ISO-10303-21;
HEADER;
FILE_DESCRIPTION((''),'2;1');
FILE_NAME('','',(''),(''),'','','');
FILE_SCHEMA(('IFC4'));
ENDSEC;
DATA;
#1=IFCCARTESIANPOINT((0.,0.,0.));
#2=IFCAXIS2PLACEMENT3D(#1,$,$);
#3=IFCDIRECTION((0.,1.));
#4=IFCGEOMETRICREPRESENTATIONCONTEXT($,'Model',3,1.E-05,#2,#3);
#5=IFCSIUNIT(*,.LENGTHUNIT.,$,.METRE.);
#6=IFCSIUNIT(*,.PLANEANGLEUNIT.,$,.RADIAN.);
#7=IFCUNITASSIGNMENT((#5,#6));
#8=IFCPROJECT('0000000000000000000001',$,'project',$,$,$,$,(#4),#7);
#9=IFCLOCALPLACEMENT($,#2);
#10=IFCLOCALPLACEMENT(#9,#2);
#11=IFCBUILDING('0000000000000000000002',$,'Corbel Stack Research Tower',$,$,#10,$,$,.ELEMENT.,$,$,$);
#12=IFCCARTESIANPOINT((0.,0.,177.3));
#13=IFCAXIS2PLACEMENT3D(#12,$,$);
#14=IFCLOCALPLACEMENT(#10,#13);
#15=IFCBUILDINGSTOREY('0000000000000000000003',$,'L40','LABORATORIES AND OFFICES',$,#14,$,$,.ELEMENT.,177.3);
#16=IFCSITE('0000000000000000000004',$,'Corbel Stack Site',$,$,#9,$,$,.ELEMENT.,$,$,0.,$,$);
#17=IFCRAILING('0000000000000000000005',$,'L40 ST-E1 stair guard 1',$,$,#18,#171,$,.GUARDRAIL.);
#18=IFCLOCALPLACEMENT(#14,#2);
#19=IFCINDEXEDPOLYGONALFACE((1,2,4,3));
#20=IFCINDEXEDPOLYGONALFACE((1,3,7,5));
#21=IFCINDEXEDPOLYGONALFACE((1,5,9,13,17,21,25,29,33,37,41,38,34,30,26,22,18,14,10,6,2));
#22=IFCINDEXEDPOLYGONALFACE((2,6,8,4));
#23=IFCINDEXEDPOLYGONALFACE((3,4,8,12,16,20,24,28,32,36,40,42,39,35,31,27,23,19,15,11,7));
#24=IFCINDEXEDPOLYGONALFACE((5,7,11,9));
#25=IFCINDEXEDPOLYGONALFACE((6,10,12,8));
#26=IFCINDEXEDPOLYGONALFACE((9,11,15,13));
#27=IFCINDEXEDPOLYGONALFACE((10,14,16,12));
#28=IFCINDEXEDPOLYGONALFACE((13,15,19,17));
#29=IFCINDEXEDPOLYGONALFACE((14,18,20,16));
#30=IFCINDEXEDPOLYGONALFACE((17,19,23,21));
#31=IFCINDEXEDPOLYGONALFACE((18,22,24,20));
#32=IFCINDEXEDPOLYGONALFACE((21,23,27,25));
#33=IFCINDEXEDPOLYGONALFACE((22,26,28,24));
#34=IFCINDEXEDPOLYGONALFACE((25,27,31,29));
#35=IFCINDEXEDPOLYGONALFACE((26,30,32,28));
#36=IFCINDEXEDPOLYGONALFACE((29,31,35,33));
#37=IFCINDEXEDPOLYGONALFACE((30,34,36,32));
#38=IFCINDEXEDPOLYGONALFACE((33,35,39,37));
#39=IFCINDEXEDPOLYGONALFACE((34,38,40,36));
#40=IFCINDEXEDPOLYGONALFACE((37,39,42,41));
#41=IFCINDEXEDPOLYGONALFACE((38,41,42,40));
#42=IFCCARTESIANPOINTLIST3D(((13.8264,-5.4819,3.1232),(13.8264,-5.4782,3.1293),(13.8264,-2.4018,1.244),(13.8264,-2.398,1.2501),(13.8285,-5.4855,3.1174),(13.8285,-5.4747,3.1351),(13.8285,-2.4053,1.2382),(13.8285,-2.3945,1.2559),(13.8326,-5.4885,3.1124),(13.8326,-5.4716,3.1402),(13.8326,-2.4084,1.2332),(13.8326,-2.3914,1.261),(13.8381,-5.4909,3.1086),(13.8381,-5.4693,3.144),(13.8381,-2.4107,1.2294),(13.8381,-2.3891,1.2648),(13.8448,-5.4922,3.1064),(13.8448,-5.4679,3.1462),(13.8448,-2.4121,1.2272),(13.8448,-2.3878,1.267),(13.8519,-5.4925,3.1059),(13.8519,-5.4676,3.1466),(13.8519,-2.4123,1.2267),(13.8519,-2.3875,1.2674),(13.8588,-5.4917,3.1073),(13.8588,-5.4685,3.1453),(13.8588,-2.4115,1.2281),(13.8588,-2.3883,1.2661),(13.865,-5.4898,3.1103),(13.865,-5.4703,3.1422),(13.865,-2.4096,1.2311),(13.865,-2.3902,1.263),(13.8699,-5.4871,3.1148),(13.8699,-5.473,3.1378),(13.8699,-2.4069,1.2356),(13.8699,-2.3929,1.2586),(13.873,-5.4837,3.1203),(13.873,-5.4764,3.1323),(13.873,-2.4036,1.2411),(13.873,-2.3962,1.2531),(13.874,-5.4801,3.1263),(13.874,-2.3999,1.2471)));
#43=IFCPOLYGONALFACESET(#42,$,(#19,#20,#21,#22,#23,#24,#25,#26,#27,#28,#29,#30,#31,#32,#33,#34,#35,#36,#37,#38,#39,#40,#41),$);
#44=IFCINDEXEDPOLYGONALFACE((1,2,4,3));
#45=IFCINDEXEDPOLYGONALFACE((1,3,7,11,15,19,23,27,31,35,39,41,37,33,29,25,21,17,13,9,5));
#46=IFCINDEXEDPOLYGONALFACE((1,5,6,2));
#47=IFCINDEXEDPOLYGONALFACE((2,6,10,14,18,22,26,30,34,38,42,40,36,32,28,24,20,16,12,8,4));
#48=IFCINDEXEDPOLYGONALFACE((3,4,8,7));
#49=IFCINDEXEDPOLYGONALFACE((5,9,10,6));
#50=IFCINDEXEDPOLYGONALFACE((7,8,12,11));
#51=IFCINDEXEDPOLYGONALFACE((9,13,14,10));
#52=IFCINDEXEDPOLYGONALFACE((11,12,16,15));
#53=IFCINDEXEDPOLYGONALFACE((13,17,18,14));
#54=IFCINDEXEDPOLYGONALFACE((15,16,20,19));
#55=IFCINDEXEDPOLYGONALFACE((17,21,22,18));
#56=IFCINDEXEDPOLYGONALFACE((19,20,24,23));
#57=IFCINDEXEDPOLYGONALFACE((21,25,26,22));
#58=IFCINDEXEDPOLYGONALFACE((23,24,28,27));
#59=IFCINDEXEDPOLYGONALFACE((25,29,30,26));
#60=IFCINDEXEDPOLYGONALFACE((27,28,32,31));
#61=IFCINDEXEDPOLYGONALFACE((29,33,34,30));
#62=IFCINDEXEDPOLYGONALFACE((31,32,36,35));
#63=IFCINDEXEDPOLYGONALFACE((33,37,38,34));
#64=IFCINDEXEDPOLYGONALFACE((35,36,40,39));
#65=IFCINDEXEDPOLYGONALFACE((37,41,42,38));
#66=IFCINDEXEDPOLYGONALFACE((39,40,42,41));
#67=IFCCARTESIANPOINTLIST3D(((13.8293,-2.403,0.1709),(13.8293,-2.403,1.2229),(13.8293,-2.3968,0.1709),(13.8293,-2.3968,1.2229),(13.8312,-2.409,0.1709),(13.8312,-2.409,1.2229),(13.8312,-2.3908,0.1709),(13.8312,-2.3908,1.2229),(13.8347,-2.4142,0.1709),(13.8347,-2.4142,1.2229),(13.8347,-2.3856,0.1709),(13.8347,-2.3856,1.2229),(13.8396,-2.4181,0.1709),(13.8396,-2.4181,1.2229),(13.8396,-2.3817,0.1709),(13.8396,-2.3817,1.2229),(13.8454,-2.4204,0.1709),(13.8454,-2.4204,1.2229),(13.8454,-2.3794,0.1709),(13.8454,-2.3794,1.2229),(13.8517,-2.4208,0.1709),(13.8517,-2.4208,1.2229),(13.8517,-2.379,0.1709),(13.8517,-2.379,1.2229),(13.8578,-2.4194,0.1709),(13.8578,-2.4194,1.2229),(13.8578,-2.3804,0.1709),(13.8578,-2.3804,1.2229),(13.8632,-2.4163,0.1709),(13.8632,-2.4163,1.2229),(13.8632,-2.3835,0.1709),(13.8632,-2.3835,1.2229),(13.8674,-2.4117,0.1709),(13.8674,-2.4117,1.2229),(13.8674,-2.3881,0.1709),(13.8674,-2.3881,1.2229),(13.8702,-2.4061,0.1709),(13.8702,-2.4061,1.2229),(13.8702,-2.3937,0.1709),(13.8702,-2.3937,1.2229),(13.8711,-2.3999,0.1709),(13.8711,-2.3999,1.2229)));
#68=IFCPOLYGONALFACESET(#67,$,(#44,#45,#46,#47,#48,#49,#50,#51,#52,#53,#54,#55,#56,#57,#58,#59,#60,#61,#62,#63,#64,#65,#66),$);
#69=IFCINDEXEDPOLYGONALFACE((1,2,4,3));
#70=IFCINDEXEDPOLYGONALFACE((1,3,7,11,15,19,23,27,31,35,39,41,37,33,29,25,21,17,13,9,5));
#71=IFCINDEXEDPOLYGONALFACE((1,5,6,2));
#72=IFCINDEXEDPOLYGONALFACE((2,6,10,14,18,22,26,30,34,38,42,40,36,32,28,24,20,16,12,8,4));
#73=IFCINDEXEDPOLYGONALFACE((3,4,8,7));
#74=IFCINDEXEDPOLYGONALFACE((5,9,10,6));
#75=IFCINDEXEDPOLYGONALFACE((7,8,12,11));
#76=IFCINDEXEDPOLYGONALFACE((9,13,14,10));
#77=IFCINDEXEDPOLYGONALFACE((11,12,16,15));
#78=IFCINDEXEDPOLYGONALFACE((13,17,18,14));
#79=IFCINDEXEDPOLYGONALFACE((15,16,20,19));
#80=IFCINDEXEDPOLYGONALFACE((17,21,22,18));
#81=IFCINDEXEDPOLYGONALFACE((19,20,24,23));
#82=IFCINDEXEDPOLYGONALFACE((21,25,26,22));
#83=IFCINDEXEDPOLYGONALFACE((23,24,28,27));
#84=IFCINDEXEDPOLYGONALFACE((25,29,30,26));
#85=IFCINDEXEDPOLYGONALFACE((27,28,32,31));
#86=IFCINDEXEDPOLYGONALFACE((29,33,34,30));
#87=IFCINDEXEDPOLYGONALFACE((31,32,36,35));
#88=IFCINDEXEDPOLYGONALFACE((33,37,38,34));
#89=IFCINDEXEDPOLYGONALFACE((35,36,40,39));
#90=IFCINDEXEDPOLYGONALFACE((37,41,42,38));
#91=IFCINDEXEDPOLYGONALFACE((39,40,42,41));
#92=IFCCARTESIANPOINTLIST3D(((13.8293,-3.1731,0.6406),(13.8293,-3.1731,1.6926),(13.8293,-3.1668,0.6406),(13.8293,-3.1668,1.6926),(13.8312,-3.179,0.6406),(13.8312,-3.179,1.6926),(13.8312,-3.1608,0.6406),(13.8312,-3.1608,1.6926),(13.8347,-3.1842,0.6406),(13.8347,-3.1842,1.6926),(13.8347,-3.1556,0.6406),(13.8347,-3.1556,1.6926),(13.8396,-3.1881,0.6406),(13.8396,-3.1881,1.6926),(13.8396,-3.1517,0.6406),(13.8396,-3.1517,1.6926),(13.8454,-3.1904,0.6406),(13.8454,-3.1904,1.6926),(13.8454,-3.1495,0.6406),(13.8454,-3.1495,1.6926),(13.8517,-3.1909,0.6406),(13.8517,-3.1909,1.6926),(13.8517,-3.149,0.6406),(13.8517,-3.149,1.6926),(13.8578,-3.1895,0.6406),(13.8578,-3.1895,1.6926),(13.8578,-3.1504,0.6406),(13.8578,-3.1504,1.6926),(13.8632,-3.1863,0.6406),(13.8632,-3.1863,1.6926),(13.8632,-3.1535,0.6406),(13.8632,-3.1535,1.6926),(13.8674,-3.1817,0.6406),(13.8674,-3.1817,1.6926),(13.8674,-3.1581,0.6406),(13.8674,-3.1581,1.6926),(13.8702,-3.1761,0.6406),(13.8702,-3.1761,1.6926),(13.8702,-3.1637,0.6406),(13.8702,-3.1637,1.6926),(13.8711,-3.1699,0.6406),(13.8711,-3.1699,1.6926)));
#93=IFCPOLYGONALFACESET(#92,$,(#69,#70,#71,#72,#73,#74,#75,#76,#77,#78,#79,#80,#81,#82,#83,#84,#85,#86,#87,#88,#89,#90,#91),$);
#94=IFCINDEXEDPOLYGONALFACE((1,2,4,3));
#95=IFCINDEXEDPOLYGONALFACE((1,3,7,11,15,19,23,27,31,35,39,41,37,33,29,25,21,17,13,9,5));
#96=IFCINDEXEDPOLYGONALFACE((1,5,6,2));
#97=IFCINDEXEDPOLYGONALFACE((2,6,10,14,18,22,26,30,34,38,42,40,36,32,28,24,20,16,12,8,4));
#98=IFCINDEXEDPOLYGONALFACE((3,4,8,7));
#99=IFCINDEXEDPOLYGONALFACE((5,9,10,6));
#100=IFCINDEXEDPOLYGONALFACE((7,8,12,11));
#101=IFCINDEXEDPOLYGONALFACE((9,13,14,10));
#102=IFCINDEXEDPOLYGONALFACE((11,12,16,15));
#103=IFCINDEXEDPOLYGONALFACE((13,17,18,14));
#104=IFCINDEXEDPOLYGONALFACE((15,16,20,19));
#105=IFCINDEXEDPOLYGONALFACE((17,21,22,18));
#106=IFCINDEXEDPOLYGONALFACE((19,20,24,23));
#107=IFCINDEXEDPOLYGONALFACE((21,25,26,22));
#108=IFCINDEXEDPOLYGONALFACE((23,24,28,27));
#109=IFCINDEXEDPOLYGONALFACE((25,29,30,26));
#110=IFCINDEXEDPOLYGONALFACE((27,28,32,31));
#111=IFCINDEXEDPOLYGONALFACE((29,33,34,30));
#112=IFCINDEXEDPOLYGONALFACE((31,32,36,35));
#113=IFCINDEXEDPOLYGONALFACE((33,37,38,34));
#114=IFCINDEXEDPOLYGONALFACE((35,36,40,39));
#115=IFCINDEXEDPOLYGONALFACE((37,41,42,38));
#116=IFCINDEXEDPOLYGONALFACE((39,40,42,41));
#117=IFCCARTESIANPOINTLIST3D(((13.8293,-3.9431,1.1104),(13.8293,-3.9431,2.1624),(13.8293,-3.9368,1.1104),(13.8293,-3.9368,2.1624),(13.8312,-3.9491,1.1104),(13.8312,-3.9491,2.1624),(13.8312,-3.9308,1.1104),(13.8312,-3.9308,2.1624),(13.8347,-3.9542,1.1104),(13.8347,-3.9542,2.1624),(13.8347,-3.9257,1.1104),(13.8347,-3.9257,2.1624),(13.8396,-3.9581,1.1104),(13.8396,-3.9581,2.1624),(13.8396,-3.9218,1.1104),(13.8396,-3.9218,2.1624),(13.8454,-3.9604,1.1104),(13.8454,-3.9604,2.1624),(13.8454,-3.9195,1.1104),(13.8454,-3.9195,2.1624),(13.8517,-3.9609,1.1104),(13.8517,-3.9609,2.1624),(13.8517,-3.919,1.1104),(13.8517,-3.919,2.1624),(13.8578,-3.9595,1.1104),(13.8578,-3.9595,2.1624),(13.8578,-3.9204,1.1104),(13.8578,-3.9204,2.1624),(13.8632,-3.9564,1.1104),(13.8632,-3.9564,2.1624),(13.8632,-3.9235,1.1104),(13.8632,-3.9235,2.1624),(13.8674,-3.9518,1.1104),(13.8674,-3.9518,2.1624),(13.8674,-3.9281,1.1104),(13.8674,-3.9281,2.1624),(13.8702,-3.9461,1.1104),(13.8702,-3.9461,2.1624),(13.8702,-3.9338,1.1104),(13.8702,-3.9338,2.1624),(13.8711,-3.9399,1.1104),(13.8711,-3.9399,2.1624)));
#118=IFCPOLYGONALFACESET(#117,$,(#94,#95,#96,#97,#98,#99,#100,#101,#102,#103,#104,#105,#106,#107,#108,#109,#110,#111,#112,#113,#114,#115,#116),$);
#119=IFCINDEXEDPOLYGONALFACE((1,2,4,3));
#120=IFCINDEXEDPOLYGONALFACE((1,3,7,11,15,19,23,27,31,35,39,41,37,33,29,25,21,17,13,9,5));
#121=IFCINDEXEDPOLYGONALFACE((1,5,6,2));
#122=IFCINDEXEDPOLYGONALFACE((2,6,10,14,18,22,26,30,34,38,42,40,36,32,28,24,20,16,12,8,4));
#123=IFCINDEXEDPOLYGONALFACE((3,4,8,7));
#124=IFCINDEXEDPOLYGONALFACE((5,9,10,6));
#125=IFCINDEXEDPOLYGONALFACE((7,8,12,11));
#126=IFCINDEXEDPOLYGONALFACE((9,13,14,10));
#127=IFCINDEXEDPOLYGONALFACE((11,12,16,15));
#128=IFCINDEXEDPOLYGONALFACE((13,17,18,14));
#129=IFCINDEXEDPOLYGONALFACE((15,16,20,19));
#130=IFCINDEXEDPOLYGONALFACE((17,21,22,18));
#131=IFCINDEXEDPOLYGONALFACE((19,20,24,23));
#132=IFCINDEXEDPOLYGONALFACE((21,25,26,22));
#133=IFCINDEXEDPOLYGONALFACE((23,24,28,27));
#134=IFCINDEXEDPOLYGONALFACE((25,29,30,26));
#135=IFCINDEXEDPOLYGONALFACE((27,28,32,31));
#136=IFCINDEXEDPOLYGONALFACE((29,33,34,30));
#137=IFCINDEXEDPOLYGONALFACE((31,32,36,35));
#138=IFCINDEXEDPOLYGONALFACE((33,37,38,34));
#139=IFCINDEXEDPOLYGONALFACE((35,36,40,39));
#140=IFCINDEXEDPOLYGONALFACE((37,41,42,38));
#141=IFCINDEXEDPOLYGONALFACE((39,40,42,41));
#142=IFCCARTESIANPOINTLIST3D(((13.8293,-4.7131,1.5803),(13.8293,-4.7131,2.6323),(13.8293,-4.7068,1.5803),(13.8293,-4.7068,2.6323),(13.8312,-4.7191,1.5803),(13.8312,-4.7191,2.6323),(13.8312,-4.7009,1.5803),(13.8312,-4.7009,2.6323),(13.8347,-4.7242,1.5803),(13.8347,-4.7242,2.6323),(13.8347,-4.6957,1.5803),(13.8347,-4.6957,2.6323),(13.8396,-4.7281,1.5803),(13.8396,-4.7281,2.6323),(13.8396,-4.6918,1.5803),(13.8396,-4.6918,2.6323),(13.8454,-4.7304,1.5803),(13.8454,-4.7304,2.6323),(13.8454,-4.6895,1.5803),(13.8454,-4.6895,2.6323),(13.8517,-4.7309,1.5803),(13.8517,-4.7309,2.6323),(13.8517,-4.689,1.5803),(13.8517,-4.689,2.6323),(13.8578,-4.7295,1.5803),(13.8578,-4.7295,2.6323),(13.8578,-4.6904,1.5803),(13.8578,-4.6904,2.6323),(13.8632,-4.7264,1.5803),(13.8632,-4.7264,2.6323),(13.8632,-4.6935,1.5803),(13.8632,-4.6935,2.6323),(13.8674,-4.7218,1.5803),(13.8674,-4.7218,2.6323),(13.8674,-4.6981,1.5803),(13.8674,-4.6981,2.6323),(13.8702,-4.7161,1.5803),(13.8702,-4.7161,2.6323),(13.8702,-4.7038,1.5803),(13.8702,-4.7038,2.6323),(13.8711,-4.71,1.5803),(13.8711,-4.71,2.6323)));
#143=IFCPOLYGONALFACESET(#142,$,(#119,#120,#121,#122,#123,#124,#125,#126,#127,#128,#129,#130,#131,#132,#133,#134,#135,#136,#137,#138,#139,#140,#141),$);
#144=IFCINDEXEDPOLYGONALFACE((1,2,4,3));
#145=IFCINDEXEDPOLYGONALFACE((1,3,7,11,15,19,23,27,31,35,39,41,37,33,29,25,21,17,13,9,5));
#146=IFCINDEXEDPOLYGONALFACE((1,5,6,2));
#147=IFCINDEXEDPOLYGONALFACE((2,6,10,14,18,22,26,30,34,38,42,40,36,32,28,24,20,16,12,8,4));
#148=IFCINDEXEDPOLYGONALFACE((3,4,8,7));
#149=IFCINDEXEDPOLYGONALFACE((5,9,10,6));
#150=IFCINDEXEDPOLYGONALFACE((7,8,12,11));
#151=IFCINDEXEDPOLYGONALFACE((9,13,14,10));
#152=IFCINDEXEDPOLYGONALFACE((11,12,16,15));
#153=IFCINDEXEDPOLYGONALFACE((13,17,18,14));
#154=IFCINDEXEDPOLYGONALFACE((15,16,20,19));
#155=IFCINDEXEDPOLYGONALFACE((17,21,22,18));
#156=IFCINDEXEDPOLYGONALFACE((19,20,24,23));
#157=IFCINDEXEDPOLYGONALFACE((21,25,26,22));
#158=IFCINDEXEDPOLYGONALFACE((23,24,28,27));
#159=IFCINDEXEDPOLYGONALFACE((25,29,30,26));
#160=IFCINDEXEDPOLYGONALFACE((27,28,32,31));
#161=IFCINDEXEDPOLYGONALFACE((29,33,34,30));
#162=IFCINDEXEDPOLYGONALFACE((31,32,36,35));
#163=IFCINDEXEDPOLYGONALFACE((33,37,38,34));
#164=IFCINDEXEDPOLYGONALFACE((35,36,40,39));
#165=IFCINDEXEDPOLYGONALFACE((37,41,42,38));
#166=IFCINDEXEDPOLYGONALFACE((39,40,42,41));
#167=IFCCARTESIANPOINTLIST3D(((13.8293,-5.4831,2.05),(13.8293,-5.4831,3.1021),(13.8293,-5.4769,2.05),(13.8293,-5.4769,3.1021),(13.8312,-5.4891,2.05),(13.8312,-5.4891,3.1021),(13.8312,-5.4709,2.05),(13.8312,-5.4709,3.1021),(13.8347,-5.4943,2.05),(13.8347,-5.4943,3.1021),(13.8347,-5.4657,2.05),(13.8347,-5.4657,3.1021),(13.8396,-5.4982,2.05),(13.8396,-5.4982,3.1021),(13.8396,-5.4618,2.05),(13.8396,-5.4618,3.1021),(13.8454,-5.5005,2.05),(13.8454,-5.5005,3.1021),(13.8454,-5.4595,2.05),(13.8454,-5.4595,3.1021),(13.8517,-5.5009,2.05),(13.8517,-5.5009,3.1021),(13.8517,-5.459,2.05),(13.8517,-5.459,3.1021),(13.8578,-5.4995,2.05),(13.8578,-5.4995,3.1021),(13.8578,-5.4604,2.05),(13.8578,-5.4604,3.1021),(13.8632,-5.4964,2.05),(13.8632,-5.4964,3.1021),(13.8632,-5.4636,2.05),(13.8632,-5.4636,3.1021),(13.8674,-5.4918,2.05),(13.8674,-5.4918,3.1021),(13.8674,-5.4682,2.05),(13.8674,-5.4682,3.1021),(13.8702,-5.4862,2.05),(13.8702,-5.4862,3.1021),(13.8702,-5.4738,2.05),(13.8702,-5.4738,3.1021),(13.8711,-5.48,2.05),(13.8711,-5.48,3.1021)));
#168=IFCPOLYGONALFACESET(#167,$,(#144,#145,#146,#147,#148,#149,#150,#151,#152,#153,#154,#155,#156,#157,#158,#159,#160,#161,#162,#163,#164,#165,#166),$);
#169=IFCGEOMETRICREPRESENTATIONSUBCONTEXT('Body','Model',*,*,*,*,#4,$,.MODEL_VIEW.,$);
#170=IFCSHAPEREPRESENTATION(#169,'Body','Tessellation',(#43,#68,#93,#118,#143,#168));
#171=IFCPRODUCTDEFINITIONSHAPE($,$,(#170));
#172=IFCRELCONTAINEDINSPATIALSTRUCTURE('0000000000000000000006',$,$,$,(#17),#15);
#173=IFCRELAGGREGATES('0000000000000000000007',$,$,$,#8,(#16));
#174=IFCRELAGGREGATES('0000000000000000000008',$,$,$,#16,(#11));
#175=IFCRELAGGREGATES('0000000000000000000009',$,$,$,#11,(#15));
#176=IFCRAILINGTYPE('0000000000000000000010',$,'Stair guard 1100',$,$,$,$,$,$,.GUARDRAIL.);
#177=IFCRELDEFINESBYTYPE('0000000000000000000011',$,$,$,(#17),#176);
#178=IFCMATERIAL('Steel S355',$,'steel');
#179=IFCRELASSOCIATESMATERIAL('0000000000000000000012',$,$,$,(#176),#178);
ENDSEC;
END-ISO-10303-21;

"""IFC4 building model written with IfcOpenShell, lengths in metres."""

from ifc_helpers import new_model, si_unit, direction, frame, origin, origin_2d, place, context, subcontext, project, spatial, circle, extrude, material, type_object, element, save


model = new_model("IFC4")

# Units and contexts
model_context = context("Model", 3, precision=1e-05, world=origin(), true_north=direction((0.0, 1.0)))
body_context = subcontext(model_context, "Body", "Model", "MODEL_VIEW")
ifc_project = project(units=[si_unit("LENGTHUNIT", "METRE"), si_unit("PLANEANGLEUNIT", "RADIAN")], contexts=[model_context])

# Site, building, storey
site_placement = place(None, origin())
site = spatial("IfcSite", under=ifc_project, at=site_placement, Name="Corbel Stack Site", CompositionType="ELEMENT", RefElevation=0.0)
building_placement = place(site_placement, origin())
building = spatial("IfcBuilding", under=site, at=building_placement, Name="Corbel Stack Research Tower", CompositionType="ELEMENT")
storey_placement = place(building_placement, frame((0.0, 0.0, 177.3)))
storey = spatial("IfcBuildingStorey", under=building, at=storey_placement, Name="L40", Description="LABORATORIES AND OFFICES", CompositionType="ELEMENT", Elevation=177.3)

# Railing
ifc_material_1 = material(Name="Steel S355", Category="steel")
railing_type_1 = type_object("IfcRailingType", Name="Stair guard 1100", PredefinedType="GUARDRAIL", material=ifc_material_1)
railing_1_placement = place(storey_placement, frame((13.8501, -2.3999, 0.1709)))
element("IfcRailing", 1, at=railing_1_placement, inside=storey, type_object=railing_type_1, Name="L40 ST-E1 stair guard 1", PredefinedType="GUARDRAIL", context=body_context, shape_type="SweptSolid", body=[
    extrude(circle(Radius=0.0239, at=origin_2d()), frame((0.0, 0.0, 1.0762), z_axis=(0.0, -0.853666, 0.52082), x_axis=(1.0, 0.0, 0.0)), (0.0, 0.0, 1.0), 3.6082),
    extrude(circle(Radius=0.021, at=origin_2d()), origin(), (0.0, 0.0, 1.0), 1.052),
    extrude(circle(Radius=0.021, at=origin_2d()), frame((0.0, -0.77, 0.4697)), (0.0, 0.0, 1.0), 1.052),
    extrude(circle(Radius=0.021, at=origin_2d()), frame((0.0, -1.54, 0.9395)), (0.0, 0.0, 1.0), 1.052),
    extrude(circle(Radius=0.021, at=origin_2d()), frame((0.0, -2.3101, 1.4094)), (0.0, 0.0, 1.0), 1.052),
    extrude(circle(Radius=0.021, at=origin_2d()), frame((0.0, -3.0801, 1.8792)), (0.0, 0.0, 1.0), 1.052),
])

save(model, "model.ifc")
